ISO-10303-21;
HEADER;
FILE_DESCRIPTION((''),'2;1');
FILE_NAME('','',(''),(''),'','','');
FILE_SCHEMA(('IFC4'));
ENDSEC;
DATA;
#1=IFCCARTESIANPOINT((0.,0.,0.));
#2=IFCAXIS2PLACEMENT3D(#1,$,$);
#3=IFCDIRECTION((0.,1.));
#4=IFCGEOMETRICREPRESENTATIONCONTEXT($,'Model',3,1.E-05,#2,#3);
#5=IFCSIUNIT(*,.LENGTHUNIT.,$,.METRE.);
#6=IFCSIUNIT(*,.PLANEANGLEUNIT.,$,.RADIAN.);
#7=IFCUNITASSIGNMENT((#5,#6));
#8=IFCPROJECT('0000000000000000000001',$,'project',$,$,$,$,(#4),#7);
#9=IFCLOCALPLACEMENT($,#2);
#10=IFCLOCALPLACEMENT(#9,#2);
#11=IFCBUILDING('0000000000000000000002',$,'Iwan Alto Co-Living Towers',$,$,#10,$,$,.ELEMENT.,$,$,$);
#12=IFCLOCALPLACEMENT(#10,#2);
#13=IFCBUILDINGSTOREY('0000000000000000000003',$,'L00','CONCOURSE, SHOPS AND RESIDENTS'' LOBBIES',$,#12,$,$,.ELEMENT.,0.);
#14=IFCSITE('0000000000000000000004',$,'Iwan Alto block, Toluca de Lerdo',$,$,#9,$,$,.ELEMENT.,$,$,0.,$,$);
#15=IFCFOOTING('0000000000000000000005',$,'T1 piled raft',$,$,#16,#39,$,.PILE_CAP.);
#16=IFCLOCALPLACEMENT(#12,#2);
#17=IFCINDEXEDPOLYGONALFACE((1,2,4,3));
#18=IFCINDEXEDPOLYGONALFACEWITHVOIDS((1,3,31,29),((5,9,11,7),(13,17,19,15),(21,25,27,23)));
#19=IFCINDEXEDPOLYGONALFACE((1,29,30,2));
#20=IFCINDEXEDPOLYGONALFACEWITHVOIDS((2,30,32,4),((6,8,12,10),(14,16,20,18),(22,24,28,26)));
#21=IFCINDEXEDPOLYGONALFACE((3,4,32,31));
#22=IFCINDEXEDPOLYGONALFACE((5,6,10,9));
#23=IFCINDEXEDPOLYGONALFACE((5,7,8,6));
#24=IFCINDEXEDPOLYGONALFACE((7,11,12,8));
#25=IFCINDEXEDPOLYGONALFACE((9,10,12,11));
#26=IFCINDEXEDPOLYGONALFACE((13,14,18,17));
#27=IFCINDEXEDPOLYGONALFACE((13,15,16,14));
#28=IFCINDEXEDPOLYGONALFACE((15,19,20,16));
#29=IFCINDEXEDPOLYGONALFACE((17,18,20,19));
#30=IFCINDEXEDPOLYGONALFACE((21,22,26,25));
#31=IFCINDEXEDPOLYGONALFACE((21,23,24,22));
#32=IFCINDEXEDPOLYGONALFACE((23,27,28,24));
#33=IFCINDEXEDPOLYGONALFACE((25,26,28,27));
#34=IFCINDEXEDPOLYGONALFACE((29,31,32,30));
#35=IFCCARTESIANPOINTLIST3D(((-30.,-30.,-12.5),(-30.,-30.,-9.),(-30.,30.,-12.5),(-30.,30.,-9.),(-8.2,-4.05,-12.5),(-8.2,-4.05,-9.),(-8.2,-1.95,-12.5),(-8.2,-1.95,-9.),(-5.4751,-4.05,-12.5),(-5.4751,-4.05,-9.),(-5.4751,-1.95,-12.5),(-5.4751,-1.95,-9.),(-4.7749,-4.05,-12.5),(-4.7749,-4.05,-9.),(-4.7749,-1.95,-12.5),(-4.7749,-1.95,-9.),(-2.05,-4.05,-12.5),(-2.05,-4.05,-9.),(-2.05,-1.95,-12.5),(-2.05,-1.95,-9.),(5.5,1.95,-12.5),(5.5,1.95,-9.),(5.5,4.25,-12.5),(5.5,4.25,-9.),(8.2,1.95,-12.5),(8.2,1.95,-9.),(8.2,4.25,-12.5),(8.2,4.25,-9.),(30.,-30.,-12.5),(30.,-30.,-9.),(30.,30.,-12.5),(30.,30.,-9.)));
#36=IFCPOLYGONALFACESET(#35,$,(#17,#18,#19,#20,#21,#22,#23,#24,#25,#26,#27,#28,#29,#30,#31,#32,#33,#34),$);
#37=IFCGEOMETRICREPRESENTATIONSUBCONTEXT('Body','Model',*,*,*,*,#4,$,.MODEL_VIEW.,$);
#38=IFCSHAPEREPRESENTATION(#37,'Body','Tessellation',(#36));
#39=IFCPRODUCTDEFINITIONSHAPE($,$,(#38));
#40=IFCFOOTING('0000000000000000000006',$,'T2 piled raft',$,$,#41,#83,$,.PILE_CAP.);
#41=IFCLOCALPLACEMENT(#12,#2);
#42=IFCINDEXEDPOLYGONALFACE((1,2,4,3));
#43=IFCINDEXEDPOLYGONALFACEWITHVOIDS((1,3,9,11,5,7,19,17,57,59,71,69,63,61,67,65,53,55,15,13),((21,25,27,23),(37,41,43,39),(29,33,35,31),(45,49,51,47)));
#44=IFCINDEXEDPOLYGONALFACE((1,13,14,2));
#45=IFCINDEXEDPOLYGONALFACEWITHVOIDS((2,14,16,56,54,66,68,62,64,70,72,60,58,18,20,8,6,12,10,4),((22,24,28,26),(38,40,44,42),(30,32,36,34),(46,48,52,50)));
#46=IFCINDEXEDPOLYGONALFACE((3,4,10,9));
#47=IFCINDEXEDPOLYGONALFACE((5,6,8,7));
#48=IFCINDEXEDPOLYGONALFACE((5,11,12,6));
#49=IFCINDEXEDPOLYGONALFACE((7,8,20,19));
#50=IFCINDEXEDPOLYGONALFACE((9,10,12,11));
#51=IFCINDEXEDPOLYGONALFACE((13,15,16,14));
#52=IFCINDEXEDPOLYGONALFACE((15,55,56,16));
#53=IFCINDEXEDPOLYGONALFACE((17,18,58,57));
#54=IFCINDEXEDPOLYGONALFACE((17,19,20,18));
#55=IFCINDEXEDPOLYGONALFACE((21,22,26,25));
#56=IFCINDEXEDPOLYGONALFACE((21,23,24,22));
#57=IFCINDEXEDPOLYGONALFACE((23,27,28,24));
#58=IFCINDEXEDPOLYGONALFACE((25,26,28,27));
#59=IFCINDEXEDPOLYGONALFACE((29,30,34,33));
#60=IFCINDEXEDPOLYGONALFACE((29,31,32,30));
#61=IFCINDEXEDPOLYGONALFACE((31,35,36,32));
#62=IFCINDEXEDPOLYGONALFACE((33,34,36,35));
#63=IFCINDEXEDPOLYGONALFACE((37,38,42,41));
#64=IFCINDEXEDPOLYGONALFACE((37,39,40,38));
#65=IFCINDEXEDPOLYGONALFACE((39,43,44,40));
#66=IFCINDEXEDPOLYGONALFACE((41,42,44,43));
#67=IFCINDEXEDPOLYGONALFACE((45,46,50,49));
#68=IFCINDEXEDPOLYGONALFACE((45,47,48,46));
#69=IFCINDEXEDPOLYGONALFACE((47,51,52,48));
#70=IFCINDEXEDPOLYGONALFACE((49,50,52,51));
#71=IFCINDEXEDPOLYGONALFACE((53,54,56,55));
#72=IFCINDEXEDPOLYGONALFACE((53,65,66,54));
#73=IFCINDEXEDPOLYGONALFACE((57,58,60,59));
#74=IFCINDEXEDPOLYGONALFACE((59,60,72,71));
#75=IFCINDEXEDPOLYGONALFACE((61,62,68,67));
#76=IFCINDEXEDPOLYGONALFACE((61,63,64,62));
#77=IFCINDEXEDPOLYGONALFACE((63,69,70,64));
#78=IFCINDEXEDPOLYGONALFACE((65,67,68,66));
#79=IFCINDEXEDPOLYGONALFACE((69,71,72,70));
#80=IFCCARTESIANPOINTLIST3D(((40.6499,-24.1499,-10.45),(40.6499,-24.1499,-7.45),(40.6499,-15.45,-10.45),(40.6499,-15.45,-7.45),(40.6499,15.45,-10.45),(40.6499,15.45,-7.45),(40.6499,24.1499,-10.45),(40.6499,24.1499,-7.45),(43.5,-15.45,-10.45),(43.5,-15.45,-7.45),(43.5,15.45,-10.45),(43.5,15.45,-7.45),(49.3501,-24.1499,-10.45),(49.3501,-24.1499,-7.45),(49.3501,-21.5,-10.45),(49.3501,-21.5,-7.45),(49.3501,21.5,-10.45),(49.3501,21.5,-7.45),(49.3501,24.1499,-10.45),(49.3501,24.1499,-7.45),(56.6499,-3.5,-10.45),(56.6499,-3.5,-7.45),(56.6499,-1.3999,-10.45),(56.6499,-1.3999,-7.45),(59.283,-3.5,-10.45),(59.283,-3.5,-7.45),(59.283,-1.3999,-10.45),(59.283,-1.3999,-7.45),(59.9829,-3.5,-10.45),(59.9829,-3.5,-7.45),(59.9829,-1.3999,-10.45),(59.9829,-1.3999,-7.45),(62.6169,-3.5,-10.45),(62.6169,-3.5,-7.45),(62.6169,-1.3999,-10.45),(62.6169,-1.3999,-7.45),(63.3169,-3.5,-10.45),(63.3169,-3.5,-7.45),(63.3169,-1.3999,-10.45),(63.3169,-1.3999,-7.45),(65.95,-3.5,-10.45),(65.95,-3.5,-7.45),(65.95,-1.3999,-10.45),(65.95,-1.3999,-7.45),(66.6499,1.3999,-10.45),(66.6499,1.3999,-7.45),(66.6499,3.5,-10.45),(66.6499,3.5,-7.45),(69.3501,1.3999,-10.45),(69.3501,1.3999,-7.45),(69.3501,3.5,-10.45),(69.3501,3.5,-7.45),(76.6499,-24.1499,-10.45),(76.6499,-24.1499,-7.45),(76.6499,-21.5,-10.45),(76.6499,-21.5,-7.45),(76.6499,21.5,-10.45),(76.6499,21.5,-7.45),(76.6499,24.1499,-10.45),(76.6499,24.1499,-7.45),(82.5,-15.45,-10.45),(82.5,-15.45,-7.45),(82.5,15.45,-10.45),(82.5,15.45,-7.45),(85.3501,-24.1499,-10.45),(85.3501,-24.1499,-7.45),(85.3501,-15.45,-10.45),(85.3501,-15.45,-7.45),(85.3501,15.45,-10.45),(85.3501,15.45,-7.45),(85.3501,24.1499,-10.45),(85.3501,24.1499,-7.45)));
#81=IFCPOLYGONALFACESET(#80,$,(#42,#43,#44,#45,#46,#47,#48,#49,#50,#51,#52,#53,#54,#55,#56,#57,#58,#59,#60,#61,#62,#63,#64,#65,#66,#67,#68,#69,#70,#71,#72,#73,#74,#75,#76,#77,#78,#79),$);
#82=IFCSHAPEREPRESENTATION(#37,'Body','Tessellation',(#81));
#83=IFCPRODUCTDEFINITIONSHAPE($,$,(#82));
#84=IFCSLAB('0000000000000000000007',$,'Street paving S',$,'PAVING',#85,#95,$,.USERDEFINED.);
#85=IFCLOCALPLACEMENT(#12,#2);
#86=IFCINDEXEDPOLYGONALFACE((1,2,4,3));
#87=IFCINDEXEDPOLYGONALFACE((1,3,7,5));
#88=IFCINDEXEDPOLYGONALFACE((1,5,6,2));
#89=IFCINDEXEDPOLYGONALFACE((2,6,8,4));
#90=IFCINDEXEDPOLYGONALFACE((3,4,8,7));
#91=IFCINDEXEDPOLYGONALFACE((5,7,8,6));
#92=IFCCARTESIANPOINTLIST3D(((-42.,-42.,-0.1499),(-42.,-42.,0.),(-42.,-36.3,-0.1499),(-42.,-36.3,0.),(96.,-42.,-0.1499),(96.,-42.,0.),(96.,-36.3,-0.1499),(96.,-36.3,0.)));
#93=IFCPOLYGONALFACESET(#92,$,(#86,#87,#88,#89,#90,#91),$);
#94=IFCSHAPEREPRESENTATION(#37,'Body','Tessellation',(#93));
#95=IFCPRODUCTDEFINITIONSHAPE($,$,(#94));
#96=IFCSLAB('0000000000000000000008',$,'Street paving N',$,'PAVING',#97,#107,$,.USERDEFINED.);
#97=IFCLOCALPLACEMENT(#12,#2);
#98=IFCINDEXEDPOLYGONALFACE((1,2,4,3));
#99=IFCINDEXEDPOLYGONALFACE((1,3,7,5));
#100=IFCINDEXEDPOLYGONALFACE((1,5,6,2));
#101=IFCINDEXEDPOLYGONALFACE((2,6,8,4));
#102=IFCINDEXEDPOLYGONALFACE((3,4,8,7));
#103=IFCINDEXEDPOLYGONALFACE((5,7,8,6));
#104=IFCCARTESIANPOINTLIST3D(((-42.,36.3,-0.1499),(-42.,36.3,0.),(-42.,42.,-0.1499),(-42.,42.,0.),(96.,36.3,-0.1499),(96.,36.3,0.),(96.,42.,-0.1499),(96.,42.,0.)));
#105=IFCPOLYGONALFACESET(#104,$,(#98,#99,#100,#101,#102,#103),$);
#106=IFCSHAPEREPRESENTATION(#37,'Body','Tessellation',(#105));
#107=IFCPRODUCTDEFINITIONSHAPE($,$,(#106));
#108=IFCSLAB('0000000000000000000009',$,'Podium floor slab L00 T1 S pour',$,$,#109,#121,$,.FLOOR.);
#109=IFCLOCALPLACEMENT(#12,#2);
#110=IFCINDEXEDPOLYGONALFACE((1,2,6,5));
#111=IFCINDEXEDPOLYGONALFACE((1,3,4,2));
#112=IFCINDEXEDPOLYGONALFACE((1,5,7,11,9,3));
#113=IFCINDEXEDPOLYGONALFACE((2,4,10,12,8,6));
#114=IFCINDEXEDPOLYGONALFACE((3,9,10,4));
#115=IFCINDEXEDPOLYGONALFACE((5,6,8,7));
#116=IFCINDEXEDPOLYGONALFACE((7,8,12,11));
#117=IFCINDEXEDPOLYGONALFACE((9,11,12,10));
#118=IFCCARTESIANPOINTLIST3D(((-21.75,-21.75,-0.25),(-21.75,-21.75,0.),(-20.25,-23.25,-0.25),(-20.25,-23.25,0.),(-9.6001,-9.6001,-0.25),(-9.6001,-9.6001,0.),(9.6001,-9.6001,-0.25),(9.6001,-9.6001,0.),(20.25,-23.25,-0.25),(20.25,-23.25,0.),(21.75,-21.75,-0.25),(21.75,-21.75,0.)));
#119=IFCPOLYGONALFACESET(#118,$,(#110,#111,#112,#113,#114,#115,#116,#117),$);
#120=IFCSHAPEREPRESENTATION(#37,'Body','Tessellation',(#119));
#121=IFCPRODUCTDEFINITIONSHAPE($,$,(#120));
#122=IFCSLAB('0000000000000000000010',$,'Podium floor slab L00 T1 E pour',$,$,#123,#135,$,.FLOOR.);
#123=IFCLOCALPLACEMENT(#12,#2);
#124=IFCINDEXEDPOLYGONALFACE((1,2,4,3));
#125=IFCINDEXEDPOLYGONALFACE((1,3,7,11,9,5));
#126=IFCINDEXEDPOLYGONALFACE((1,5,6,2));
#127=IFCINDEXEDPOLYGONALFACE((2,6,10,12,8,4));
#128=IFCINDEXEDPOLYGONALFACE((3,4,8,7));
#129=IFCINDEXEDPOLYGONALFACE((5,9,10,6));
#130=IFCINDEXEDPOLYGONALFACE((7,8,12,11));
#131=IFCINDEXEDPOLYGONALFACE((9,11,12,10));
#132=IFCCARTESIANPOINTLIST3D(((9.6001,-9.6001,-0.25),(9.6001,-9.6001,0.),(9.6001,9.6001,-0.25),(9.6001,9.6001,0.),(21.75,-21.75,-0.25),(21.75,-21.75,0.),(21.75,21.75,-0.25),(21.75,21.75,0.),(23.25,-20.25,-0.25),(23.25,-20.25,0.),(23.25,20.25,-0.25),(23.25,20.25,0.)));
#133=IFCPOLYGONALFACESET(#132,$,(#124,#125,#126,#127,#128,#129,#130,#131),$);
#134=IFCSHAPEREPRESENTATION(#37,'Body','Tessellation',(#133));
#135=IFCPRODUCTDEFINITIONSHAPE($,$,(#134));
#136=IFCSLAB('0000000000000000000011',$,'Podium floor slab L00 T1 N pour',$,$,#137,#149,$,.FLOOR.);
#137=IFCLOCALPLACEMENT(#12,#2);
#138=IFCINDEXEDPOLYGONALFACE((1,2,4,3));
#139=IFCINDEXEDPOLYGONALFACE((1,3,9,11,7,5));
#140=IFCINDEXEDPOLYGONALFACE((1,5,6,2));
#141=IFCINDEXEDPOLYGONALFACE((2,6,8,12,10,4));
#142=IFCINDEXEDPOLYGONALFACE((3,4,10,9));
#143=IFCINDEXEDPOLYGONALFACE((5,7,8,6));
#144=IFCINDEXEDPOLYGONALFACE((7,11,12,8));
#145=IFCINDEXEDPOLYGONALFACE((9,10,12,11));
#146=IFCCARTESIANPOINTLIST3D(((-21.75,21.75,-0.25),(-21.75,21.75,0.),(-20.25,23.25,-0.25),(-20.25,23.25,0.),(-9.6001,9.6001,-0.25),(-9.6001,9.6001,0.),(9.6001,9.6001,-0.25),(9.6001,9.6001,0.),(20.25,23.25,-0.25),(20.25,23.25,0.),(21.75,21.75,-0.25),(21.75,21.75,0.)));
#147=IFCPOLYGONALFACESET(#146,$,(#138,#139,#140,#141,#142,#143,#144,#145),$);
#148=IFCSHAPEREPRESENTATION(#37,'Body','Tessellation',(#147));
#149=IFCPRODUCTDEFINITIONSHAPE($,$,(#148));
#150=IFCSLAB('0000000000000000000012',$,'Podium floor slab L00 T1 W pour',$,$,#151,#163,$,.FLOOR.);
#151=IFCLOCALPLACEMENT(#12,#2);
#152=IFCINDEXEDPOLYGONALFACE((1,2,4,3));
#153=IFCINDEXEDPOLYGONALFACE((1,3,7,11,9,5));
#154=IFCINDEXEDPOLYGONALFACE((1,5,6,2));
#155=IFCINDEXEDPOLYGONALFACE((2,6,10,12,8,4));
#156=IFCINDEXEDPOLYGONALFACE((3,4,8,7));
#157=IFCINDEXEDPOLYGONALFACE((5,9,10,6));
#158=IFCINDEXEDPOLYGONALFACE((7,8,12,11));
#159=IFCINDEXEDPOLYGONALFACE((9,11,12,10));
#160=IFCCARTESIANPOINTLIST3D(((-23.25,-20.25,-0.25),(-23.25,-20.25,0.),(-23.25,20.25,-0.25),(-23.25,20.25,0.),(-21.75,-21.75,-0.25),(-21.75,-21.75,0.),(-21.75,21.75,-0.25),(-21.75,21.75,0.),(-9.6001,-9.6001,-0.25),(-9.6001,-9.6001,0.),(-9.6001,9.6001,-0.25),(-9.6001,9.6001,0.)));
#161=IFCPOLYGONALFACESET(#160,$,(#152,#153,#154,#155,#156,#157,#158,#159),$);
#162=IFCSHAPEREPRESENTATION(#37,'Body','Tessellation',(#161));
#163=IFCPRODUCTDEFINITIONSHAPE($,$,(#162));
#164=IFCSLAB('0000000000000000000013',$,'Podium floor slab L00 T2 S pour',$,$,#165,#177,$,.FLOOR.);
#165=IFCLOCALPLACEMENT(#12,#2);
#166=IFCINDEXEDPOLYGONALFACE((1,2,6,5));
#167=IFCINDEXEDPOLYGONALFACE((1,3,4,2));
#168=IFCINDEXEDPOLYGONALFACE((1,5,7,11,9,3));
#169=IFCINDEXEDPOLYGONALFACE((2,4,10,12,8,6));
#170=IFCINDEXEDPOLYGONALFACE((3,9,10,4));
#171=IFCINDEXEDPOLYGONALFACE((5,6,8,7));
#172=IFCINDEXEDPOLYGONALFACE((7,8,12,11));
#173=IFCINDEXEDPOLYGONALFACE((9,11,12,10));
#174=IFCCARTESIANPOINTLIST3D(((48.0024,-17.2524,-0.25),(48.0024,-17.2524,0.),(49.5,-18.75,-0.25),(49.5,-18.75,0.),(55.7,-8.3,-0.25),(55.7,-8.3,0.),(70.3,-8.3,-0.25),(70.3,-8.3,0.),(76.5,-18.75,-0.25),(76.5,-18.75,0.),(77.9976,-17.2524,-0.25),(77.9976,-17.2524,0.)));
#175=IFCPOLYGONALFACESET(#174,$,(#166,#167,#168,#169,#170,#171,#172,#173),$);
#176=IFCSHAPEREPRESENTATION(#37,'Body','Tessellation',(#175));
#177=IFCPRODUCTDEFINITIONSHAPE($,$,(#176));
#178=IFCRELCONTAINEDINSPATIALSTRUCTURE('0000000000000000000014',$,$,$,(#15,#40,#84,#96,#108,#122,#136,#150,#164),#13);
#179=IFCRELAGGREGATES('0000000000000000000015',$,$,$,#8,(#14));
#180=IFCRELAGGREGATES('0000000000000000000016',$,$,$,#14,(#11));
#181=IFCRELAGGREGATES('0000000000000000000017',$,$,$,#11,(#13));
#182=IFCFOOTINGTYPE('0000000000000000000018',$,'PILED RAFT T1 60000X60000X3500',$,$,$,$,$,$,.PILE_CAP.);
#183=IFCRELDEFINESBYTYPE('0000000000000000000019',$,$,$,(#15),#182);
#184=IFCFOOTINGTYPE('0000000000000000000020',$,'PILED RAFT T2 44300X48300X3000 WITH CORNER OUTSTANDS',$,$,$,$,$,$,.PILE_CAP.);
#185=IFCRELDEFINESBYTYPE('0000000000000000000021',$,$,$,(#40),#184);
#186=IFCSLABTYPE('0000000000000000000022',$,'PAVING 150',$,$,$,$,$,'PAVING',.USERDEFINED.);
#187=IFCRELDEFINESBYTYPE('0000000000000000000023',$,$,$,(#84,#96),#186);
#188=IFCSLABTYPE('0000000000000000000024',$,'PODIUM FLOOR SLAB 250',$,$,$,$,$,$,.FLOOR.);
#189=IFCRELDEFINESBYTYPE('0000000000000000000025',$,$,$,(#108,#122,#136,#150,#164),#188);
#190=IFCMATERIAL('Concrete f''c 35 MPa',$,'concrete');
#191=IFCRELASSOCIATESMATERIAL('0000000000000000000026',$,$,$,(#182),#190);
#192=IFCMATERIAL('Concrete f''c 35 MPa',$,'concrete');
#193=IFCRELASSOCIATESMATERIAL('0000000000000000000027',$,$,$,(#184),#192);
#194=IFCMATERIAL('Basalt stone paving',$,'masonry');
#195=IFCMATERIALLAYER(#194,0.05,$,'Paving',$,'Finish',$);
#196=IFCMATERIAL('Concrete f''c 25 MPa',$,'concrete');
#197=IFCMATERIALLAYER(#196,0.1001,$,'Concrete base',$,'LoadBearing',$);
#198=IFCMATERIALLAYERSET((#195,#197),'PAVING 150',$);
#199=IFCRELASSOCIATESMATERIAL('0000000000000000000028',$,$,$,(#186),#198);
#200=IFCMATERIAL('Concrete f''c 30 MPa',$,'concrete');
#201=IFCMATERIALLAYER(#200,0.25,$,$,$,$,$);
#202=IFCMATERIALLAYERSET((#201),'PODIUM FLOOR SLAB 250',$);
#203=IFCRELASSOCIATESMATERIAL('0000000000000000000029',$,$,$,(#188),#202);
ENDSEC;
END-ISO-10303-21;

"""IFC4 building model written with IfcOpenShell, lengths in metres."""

from ifc_helpers import new_model, si_unit, direction, frame, origin, place, context, subcontext, project, spatial, polyline, outline, extrude, material, layer, layer_set, type_object, element, save


model = new_model("IFC4")

# Units and contexts
model_context = context("Model", 3, precision=1e-05, world=origin(), true_north=direction((0.0, 1.0)))
body_context = subcontext(model_context, "Body", "Model", "MODEL_VIEW")
ifc_project = project(units=[si_unit("LENGTHUNIT", "METRE"), si_unit("PLANEANGLEUNIT", "RADIAN")], contexts=[model_context])

# Site, building, storey
site_placement = place(None, origin())
site = spatial("IfcSite", under=ifc_project, at=site_placement, Name="Iwan Alto block, Toluca de Lerdo", CompositionType="ELEMENT", RefElevation=0.0)
building_placement = place(site_placement, origin())
building = spatial("IfcBuilding", under=site, at=building_placement, Name="Iwan Alto Co-Living Towers", CompositionType="ELEMENT")
storey_placement = place(building_placement, origin())
storey = spatial("IfcBuildingStorey", under=building, at=storey_placement, Name="L00", Description="CONCOURSE, SHOPS AND RESIDENTS' LOBBIES", CompositionType="ELEMENT", Elevation=0.0)

# Footings
ifc_material_1 = material(Name="Concrete f'c 35 MPa", Category="concrete")
footing_type_1 = type_object("IfcFootingType", Name="PILED RAFT T1 60000X60000X3500", PredefinedType="PILE_CAP", material=ifc_material_1)
footing_1_placement = place(storey_placement, frame((0.0, 0.0, -12.5)))
element("IfcFooting", 1, at=footing_1_placement, inside=storey, type_object=footing_type_1, Name="T1 piled raft", PredefinedType="PILE_CAP", context=body_context, shape_type="SweptSolid", body=[
    extrude(outline(polyline([(-30.0, -30.0), (30.0, -30.0), (30.0, 30.0), (-30.0, 30.0), (-30.0, -30.0)]), holes=[polyline([(5.5, 1.95), (8.2, 1.95), (8.2, 4.25), (5.5, 4.25), (5.5, 1.95)]), polyline([(-8.2, -4.05), (-5.4751, -4.05), (-5.4751, -1.95), (-8.2, -1.95), (-8.2, -4.05)]), polyline([(-4.7749, -4.05), (-2.05, -4.05), (-2.05, -1.95), (-4.7749, -1.95), (-4.7749, -4.05)])]), origin(), (0.0, 0.0, 1.0), 3.5),
])
ifc_material_2 = material(Name="Concrete f'c 35 MPa", Category="concrete")
footing_type_2 = type_object("IfcFootingType", Name="PILED RAFT T2 44300X48300X3000 WITH CORNER OUTSTANDS", PredefinedType="PILE_CAP", material=ifc_material_2)
footing_2_placement = place(storey_placement, frame((0.0, 0.0, -10.45)))
element("IfcFooting", 2, at=footing_2_placement, inside=storey, type_object=footing_type_2, Name="T2 piled raft", PredefinedType="PILE_CAP", context=body_context, shape_type="SweptSolid", body=[
    extrude(outline(polyline([(40.6499, -15.45), (43.5, -15.45), (43.5, 15.45), (40.6499, 15.45), (40.6499, 24.1499), (49.3501, 24.1499), (49.3501, 21.5), (76.6499, 21.5), (76.6499, 24.1499), (85.3501, 24.1499), (85.3501, 15.45), (82.5, 15.45), (82.5, -15.45), (85.3501, -15.45), (85.3501, -24.1499), (76.6499, -24.1499), (76.6499, -21.5), (49.3501, -21.5), (49.3501, -24.1499), (40.6499, -24.1499), (40.6499, -15.45)]), holes=[polyline([(66.6499, 1.3999), (69.3501, 1.3999), (69.3501, 3.5), (66.6499, 3.5), (66.6499, 1.3999)]), polyline([(56.6499, -3.5), (59.283, -3.5), (59.283, -1.3999), (56.6499, -1.3999), (56.6499, -3.5)]), polyline([(59.9829, -3.5), (62.6169, -3.5), (62.6169, -1.3999), (59.9829, -1.3999), (59.9829, -3.5)]), polyline([(63.3169, -3.5), (65.95, -3.5), (65.95, -1.3999), (63.3169, -1.3999), (63.3169, -3.5)])]), origin(), (0.0, 0.0, 1.0), 3.0),
])

# Slabs
ifc_material_3 = material(Name="Basalt stone paving", Category="masonry")
ifc_layer_1 = layer(ifc_material_3, 0.05, Name="Paving", Category="Finish")
ifc_material_4 = material(Name="Concrete f'c 25 MPa", Category="concrete")
ifc_layer_2 = layer(ifc_material_4, 0.1001, Name="Concrete base", Category="LoadBearing")
ifc_layer_set_1 = layer_set([ifc_layer_1, ifc_layer_2], Name="PAVING 150")
slab_type_1 = type_object("IfcSlabType", Name="PAVING 150", ElementType="PAVING", PredefinedType="USERDEFINED", material=ifc_layer_set_1)
slab_1_placement = place(storey_placement, frame((0.0, 0.0, -0.1499)))
element("IfcSlab", 3, at=slab_1_placement, inside=storey, type_object=slab_type_1, Name="Street paving S", ObjectType="PAVING", PredefinedType="USERDEFINED", context=body_context, shape_type="SweptSolid", body=[
    extrude(outline(polyline([(-42.0, -42.0), (96.0, -42.0), (96.0, -36.3), (-42.0, -36.3), (-42.0, -42.0)])), origin(), (0.0, 0.0, 1.0), 0.1499),
])
slab_2_placement = place(storey_placement, frame((0.0, 0.0, -0.1499)))
element("IfcSlab", 4, at=slab_2_placement, inside=storey, type_object=slab_type_1, Name="Street paving N", ObjectType="PAVING", PredefinedType="USERDEFINED", context=body_context, shape_type="SweptSolid", body=[
    extrude(outline(polyline([(-42.0, 36.3), (96.0, 36.3), (96.0, 42.0), (-42.0, 42.0), (-42.0, 36.3)])), origin(), (0.0, 0.0, 1.0), 0.1499),
])
ifc_material_5 = material(Name="Concrete f'c 30 MPa", Category="concrete")
ifc_layer_3 = layer(ifc_material_5, 0.25)
ifc_layer_set_2 = layer_set([ifc_layer_3], Name="PODIUM FLOOR SLAB 250")
slab_type_2 = type_object("IfcSlabType", Name="PODIUM FLOOR SLAB 250", PredefinedType="FLOOR", material=ifc_layer_set_2)
slab_3_placement = place(storey_placement, frame((0.0, 0.0, -0.25)))
element("IfcSlab", 5, at=slab_3_placement, inside=storey, type_object=slab_type_2, Name="Podium floor slab L00 T1 S pour", PredefinedType="FLOOR", context=body_context, shape_type="SweptSolid", body=[
    extrude(outline(polyline([(20.25, -23.25), (-20.25, -23.25), (-21.75, -21.75), (-9.6001, -9.6001), (9.6001, -9.6001), (21.75, -21.75), (20.25, -23.25)])), origin(), (0.0, 0.0, 1.0), 0.25),
])
slab_4_placement = place(storey_placement, frame((0.0, 0.0, -0.25)))
element("IfcSlab", 6, at=slab_4_placement, inside=storey, type_object=slab_type_2, Name="Podium floor slab L00 T1 E pour", PredefinedType="FLOOR", context=body_context, shape_type="SweptSolid", body=[
    extrude(outline(polyline([(23.25, 20.25), (23.25, -20.25), (21.75, -21.75), (9.6001, -9.6001), (9.6001, 9.6001), (21.75, 21.75), (23.25, 20.25)])), origin(), (0.0, 0.0, 1.0), 0.25),
])
slab_5_placement = place(storey_placement, frame((0.0, 0.0, -0.25)))
element("IfcSlab", 7, at=slab_5_placement, inside=storey, type_object=slab_type_2, Name="Podium floor slab L00 T1 N pour", PredefinedType="FLOOR", context=body_context, shape_type="SweptSolid", body=[
    extrude(outline(polyline([(-20.25, 23.25), (20.25, 23.25), (21.75, 21.75), (9.6001, 9.6001), (-9.6001, 9.6001), (-21.75, 21.75), (-20.25, 23.25)])), origin(), (0.0, 0.0, 1.0), 0.25),
])
slab_6_placement = place(storey_placement, frame((0.0, 0.0, -0.25)))
element("IfcSlab", 8, at=slab_6_placement, inside=storey, type_object=slab_type_2, Name="Podium floor slab L00 T1 W pour", PredefinedType="FLOOR", context=body_context, shape_type="SweptSolid", body=[
    extrude(outline(polyline([(-23.25, 20.25), (-21.75, 21.75), (-9.6001, 9.6001), (-9.6001, -9.6001), (-21.75, -21.75), (-23.25, -20.25), (-23.25, 20.25)])), origin(), (0.0, 0.0, 1.0), 0.25),
])
slab_7_placement = place(storey_placement, frame((0.0, 0.0, -0.25)))
element("IfcSlab", 9, at=slab_7_placement, inside=storey, type_object=slab_type_2, Name="Podium floor slab L00 T2 S pour", PredefinedType="FLOOR", context=body_context, shape_type="SweptSolid", body=[
    extrude(outline(polyline([(76.5, -18.75), (49.5, -18.75), (48.0024, -17.2524), (55.7, -8.3), (70.3, -8.3), (77.9976, -17.2524), (76.5, -18.75)])), origin(), (0.0, 0.0, 1.0), 0.25),
])

save(model, "model.ifc")
